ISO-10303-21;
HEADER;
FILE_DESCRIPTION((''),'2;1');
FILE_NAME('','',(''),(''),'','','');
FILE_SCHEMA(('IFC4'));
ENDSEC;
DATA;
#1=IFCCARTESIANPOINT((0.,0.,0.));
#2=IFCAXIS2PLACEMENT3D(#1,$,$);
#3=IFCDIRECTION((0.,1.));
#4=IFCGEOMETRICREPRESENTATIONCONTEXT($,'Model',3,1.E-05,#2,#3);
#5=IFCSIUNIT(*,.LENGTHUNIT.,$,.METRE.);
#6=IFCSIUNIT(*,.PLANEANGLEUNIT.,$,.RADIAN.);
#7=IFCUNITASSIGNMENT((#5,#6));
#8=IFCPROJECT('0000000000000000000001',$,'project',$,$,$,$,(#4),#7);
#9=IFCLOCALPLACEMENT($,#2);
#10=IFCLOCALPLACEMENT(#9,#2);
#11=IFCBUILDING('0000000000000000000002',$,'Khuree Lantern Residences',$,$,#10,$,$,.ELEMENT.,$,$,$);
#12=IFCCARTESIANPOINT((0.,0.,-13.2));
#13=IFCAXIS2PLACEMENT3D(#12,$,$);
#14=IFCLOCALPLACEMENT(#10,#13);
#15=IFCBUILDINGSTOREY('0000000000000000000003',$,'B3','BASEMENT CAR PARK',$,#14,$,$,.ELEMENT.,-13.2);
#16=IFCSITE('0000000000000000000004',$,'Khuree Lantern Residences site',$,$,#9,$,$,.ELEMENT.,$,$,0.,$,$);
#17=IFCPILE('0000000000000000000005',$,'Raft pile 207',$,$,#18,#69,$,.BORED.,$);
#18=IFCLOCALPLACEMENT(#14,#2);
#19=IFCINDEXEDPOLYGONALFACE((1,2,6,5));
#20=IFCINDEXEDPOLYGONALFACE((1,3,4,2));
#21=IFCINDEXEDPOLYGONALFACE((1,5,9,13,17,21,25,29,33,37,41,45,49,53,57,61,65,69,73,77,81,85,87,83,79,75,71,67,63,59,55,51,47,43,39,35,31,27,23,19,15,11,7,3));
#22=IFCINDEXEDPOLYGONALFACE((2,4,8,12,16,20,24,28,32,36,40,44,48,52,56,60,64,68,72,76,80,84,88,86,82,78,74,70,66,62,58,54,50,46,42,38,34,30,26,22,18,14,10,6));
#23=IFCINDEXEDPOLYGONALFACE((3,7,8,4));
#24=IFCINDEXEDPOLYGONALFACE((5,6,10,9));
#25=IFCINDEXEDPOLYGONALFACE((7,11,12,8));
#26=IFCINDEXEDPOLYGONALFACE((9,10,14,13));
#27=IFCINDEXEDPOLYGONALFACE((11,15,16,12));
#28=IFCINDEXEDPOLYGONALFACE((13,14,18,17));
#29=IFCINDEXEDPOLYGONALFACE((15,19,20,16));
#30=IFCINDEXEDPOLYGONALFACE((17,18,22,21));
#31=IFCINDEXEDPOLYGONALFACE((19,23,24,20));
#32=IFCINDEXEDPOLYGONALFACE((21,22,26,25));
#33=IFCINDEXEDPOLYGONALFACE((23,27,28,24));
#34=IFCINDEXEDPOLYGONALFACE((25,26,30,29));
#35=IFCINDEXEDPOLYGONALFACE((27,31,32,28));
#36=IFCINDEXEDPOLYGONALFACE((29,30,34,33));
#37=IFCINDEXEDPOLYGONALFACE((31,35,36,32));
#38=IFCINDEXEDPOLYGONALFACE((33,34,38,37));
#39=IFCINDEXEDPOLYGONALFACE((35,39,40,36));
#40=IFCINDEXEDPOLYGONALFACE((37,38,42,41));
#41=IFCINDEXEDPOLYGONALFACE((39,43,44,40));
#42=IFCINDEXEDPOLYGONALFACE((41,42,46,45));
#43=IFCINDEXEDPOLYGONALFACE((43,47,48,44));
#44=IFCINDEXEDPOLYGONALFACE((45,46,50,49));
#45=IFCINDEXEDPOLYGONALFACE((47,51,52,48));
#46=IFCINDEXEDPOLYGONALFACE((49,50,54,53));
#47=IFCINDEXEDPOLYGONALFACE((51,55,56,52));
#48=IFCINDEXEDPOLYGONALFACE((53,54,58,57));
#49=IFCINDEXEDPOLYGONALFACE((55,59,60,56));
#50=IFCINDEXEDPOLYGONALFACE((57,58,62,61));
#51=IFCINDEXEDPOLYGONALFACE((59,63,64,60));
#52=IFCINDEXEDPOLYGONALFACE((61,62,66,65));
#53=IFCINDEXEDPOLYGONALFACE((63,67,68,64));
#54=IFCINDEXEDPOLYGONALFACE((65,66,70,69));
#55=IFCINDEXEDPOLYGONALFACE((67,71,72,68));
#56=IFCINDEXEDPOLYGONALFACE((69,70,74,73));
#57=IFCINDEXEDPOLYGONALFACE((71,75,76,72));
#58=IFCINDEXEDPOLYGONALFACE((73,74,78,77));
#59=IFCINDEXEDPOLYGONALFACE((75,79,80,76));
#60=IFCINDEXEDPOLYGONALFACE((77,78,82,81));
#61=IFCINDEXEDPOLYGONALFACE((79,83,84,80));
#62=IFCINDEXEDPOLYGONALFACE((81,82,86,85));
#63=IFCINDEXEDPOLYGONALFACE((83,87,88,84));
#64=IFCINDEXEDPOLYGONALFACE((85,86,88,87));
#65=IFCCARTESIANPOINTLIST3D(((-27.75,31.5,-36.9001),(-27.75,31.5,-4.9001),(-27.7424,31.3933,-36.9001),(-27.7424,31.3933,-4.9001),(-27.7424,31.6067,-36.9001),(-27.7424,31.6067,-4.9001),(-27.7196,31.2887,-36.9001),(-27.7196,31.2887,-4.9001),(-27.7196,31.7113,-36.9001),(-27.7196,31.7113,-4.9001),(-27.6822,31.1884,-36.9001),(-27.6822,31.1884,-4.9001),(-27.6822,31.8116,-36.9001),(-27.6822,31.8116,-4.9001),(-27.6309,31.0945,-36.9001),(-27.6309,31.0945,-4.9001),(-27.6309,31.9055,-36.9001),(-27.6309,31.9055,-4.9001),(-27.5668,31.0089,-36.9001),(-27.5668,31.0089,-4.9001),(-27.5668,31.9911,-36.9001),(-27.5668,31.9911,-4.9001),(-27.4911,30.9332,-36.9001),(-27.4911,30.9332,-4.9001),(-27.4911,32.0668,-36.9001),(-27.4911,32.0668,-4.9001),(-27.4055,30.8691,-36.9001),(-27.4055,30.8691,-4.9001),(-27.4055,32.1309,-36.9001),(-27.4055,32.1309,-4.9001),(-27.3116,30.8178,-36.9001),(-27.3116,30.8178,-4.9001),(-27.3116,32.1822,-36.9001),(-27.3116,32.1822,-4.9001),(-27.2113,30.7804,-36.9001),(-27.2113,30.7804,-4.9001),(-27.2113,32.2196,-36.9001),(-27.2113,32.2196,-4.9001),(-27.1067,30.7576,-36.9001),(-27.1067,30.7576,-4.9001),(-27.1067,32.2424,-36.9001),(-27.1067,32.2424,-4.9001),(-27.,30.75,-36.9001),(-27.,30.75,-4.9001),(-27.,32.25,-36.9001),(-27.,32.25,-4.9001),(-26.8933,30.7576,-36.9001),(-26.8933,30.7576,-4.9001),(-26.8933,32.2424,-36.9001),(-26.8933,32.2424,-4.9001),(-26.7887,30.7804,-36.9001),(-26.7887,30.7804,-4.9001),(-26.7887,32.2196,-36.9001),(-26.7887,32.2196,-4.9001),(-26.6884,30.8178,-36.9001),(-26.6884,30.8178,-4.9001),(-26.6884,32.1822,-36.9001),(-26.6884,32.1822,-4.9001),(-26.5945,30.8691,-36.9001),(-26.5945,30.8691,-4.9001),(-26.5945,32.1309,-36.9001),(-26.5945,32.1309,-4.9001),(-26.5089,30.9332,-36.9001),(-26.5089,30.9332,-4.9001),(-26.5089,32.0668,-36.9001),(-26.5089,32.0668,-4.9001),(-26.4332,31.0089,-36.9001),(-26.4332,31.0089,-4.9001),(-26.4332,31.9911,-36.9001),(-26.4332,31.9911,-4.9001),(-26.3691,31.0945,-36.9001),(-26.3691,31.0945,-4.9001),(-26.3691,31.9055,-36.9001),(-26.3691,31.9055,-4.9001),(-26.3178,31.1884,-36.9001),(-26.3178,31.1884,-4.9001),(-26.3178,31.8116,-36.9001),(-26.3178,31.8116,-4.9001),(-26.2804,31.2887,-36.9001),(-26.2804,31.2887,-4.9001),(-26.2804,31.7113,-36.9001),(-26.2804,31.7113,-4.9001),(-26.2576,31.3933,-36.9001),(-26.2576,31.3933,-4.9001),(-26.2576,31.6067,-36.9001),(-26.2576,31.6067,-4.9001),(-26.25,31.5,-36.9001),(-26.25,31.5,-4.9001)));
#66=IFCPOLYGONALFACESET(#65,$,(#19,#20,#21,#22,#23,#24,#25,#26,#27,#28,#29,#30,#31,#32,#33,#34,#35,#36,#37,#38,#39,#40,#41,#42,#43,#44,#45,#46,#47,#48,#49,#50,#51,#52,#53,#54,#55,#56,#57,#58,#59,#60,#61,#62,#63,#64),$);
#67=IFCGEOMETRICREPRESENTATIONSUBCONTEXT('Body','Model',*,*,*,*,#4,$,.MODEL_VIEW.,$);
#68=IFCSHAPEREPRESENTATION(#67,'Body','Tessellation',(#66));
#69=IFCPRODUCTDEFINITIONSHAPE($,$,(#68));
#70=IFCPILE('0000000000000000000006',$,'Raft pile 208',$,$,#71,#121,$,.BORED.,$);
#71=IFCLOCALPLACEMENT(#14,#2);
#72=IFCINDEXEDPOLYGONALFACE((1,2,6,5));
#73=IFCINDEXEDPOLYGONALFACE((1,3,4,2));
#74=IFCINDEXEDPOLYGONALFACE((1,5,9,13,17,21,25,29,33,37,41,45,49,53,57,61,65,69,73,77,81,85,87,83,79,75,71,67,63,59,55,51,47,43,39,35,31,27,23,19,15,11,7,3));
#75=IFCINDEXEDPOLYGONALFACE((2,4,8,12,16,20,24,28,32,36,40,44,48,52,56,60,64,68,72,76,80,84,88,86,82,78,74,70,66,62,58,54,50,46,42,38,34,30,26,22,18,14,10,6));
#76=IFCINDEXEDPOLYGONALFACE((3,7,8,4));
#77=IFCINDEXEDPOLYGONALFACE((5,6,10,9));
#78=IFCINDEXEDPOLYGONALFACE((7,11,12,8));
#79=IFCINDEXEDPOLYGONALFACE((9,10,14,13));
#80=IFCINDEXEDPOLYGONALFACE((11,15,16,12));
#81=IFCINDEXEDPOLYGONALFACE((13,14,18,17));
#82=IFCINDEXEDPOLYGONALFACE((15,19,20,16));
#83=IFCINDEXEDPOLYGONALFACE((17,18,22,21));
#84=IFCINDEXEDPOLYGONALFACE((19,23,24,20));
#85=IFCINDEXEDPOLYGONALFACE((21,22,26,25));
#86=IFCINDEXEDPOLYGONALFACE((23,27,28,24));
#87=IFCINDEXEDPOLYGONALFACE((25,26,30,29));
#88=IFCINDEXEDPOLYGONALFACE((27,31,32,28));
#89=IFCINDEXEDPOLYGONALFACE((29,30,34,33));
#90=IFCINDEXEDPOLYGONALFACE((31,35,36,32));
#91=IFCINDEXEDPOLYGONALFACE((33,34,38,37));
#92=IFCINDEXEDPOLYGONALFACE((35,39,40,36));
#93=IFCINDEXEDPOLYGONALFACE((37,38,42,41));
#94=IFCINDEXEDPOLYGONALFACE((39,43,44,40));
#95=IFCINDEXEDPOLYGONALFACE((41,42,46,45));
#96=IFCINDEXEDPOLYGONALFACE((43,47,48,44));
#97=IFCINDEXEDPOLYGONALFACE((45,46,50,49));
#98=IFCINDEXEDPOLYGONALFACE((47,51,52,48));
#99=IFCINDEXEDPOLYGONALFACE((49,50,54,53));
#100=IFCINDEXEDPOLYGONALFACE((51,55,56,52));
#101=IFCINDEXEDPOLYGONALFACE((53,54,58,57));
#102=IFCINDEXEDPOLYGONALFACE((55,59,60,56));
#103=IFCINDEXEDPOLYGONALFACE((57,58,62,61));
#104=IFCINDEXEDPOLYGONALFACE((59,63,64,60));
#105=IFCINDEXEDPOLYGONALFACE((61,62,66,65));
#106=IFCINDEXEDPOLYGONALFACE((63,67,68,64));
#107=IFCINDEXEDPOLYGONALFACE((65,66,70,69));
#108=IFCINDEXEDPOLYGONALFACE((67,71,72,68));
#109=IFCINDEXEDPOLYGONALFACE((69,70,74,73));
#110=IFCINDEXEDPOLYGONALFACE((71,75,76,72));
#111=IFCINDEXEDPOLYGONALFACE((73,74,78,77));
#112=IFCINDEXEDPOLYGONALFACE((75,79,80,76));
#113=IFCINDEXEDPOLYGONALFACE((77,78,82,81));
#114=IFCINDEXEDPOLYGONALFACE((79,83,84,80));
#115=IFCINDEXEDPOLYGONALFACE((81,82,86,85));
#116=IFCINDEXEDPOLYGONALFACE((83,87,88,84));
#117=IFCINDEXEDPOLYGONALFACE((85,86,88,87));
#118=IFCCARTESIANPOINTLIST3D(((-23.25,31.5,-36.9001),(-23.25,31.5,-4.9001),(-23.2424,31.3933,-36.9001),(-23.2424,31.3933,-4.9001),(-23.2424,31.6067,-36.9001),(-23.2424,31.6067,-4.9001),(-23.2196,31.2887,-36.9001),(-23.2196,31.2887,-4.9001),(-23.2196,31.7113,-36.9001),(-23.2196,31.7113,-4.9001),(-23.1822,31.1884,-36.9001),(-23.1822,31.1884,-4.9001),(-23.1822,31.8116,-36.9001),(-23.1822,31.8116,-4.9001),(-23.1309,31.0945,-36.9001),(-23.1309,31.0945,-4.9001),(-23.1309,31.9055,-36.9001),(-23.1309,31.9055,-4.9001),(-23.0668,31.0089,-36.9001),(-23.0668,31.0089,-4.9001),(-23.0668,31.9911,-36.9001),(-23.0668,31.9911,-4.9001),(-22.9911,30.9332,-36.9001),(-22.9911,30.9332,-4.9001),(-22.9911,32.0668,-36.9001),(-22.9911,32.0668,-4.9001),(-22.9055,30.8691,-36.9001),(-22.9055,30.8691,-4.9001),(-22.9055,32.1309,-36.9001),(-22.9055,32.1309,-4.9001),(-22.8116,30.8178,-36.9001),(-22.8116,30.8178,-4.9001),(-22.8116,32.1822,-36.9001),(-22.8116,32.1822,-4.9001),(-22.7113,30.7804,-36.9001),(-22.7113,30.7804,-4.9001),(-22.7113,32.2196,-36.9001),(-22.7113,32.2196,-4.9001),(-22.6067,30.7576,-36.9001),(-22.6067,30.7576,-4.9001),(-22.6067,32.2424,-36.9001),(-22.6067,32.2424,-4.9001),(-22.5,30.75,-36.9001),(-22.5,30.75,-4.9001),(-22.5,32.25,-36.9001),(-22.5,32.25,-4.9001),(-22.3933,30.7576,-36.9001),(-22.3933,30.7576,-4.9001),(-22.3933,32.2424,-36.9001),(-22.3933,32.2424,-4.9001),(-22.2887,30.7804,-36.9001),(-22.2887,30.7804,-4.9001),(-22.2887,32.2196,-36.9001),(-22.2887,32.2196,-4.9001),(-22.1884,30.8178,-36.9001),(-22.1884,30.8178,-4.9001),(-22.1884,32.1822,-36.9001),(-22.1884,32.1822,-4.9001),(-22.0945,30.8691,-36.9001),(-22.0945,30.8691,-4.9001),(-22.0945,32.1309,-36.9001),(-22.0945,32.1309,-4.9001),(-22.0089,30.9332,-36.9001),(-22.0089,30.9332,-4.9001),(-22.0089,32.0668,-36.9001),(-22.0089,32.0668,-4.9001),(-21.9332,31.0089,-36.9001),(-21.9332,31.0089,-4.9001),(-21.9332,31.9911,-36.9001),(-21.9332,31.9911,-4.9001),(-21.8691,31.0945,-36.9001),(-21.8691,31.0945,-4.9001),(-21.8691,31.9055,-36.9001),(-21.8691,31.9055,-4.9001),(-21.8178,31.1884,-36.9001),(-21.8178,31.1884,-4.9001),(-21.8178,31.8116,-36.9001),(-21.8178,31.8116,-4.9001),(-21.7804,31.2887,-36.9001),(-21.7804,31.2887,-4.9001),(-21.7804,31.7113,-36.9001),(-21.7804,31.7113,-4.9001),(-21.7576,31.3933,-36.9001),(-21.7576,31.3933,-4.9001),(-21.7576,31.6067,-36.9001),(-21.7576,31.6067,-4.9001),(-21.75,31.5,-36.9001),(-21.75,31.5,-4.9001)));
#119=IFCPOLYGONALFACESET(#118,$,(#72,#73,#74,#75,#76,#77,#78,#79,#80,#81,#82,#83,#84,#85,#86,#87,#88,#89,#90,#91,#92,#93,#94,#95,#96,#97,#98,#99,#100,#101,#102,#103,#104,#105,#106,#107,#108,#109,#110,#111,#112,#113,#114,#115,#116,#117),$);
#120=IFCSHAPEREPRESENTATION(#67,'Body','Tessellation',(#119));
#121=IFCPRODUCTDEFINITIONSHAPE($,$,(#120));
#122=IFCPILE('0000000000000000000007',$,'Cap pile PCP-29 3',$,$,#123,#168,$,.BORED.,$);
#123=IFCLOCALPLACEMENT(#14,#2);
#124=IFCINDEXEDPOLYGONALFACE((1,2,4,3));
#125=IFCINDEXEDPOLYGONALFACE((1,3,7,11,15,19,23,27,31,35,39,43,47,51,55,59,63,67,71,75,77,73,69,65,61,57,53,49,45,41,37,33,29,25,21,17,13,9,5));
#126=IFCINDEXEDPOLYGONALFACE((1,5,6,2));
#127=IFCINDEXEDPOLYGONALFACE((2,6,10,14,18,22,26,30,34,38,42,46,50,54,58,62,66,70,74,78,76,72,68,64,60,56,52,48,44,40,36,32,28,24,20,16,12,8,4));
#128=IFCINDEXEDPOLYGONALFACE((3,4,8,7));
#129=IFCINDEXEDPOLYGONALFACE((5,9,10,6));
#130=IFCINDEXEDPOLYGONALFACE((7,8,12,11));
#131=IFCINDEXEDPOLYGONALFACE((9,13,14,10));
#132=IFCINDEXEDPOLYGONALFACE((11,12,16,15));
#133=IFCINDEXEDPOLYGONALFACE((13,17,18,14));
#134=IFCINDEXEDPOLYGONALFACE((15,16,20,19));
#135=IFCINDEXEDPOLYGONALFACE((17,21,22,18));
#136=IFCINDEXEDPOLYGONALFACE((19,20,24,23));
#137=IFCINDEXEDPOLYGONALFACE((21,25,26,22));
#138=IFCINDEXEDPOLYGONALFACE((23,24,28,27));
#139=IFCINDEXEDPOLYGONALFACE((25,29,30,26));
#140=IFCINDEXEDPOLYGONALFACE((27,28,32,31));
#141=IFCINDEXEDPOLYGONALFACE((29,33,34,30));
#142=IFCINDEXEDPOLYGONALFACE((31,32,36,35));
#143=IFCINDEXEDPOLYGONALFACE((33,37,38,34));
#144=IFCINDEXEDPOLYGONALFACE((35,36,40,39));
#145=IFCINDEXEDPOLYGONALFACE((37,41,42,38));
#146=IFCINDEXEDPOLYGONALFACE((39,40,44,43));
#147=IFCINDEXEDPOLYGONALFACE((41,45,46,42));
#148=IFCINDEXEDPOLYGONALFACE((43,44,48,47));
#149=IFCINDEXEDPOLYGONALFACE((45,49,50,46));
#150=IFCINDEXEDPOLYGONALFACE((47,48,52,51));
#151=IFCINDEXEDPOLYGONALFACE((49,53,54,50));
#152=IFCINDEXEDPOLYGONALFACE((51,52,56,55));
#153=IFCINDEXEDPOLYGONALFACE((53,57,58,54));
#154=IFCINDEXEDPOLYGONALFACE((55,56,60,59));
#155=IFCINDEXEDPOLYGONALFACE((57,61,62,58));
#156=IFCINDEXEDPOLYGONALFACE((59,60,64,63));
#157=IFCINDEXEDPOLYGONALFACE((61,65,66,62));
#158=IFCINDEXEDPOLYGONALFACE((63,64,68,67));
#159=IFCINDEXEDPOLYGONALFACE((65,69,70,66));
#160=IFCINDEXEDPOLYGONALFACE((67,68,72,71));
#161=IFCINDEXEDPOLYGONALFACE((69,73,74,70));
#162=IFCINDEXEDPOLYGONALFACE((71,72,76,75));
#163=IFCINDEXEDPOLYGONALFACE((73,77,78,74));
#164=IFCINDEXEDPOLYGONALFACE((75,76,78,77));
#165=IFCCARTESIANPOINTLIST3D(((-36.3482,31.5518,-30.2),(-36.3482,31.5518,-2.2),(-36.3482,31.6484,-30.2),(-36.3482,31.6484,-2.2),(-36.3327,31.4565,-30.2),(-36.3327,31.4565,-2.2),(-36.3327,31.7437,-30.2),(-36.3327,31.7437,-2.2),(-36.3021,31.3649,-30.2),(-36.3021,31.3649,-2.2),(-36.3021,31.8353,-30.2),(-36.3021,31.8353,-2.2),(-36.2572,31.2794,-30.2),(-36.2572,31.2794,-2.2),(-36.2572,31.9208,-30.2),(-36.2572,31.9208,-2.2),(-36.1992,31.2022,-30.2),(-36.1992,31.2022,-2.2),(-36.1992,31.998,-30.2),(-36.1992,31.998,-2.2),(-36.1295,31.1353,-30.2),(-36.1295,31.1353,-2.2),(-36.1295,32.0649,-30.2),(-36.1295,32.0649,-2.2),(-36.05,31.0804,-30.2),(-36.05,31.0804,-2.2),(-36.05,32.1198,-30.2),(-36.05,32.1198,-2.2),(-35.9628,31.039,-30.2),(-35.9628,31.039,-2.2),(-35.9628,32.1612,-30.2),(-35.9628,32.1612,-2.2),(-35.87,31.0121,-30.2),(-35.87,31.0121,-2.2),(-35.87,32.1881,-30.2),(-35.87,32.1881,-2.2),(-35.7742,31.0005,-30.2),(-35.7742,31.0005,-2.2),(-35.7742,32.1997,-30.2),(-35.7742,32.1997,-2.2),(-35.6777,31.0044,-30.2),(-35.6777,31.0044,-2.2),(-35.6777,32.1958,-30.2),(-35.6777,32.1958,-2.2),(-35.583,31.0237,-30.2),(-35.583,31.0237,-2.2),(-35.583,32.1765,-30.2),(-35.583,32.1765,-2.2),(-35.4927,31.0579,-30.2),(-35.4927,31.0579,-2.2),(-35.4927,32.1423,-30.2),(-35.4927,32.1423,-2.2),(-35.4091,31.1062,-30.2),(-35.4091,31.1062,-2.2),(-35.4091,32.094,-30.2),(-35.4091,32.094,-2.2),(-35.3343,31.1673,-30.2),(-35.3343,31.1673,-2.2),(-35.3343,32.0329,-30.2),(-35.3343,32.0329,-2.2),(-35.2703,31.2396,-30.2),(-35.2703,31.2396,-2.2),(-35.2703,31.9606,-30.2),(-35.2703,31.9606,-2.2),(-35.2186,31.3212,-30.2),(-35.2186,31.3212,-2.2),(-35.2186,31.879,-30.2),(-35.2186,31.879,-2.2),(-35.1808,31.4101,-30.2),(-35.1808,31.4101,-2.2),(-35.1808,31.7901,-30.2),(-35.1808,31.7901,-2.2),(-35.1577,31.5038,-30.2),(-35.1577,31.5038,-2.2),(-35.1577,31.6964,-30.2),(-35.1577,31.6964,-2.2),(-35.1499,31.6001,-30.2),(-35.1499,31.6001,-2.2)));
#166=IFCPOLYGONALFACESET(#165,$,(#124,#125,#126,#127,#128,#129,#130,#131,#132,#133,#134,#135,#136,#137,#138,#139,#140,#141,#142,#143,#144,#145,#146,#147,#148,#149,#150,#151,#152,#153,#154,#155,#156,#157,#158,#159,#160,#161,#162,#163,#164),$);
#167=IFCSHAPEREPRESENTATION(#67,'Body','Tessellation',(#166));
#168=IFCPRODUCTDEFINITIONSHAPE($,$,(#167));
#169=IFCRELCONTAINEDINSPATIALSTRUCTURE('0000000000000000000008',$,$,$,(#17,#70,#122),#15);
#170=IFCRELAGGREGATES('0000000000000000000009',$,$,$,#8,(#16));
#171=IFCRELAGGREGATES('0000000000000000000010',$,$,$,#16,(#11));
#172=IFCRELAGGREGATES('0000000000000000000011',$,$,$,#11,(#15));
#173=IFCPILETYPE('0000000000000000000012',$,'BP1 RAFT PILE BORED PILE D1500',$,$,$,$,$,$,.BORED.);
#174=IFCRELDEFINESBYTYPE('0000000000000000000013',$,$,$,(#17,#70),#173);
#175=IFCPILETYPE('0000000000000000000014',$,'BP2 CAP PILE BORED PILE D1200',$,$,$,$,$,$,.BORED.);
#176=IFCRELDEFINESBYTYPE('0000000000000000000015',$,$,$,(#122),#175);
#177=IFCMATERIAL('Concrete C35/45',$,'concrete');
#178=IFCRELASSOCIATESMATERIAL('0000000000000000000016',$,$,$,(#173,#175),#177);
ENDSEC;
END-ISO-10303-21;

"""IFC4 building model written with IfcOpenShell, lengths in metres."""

from ifc_helpers import new_model, si_unit, direction, frame, origin, origin_2d, place, context, subcontext, project, spatial, circle, extrude, material, material_profile, profile_set, type_object, element, save


model = new_model("IFC4")

# Units and contexts
model_context = context("Model", 3, precision=1e-05, world=origin(), true_north=direction((0.0, 1.0)))
body_context = subcontext(model_context, "Body", "Model", "MODEL_VIEW")
ifc_project = project(units=[si_unit("LENGTHUNIT", "METRE"), si_unit("PLANEANGLEUNIT", "RADIAN")], contexts=[model_context])

# Site, building, storey
site_placement = place(None, origin())
site = spatial("IfcSite", under=ifc_project, at=site_placement, Name="Khuree Lantern Residences site", CompositionType="ELEMENT", RefElevation=0.0)
building_placement = place(site_placement, origin())
building = spatial("IfcBuilding", under=site, at=building_placement, Name="Khuree Lantern Residences", CompositionType="ELEMENT")
storey_placement = place(building_placement, frame((0.0, 0.0, -13.2)))
storey = spatial("IfcBuildingStorey", under=building, at=storey_placement, Name="B3", Description="BASEMENT CAR PARK", CompositionType="ELEMENT", Elevation=-13.2)

# Piles
ifc_material_1 = material(Name="Concrete C35/45", Category="concrete")
ifc_material_profile_1 = material_profile(ifc_material_1, circle(Radius=0.75, at=origin_2d()), Name="BORED PILE D1500")
ifc_profile_set_1 = profile_set([ifc_material_profile_1], Name="Concrete C35/45")
pile_type_1 = type_object("IfcPileType", Name="BP1 RAFT PILE BORED PILE D1500", PredefinedType="BORED", material=ifc_profile_set_1)
for number, where, z_axis, x_axis, name in (
    (1, (-27.0, 31.5, -4.9001), (0.0, 0.0, -1.0), (1.0, 0.0, 0.0), "Raft pile 207"),
    (2, (-22.5, 31.5, -4.9001), (0.0, 0.0, -1.0), (1.0, 0.0, 0.0), "Raft pile 208"),
):
    element("IfcPile", number, at=place(storey_placement, frame(where, z_axis=z_axis, x_axis=x_axis)), inside=storey, type_object=pile_type_1, Name=name, PredefinedType="BORED", context=body_context, shape_type="SweptSolid", body=[
        extrude(circle(Radius=0.75, at=origin_2d()), origin(), (0.0, 0.0, 1.0), 32.0),
    ])
ifc_material_profile_2 = material_profile(ifc_material_1, circle(Radius=0.6001, at=origin_2d()), Name="BORED PILE D1200")
ifc_profile_set_2 = profile_set([ifc_material_profile_2], Name="Concrete C35/45")
pile_type_2 = type_object("IfcPileType", Name="BP2 CAP PILE BORED PILE D1200", PredefinedType="BORED", material=ifc_profile_set_2)
for number, where, z_axis, x_axis, name in (
    (3, (-35.75, 31.6001, -2.2), (0.0, 0.0, -1.0), (1.0, 0.0, 0.0), "Cap pile PCP-29 3"),
):
    element("IfcPile", number, at=place(storey_placement, frame(where, z_axis=z_axis, x_axis=x_axis)), inside=storey, type_object=pile_type_2, Name=name, PredefinedType="BORED", context=body_context, shape_type="SweptSolid", body=[
        extrude(circle(Radius=0.6001, at=origin_2d()), origin(), (0.0, 0.0, 1.0), 28.0),
    ])

save(model, "model.ifc")
